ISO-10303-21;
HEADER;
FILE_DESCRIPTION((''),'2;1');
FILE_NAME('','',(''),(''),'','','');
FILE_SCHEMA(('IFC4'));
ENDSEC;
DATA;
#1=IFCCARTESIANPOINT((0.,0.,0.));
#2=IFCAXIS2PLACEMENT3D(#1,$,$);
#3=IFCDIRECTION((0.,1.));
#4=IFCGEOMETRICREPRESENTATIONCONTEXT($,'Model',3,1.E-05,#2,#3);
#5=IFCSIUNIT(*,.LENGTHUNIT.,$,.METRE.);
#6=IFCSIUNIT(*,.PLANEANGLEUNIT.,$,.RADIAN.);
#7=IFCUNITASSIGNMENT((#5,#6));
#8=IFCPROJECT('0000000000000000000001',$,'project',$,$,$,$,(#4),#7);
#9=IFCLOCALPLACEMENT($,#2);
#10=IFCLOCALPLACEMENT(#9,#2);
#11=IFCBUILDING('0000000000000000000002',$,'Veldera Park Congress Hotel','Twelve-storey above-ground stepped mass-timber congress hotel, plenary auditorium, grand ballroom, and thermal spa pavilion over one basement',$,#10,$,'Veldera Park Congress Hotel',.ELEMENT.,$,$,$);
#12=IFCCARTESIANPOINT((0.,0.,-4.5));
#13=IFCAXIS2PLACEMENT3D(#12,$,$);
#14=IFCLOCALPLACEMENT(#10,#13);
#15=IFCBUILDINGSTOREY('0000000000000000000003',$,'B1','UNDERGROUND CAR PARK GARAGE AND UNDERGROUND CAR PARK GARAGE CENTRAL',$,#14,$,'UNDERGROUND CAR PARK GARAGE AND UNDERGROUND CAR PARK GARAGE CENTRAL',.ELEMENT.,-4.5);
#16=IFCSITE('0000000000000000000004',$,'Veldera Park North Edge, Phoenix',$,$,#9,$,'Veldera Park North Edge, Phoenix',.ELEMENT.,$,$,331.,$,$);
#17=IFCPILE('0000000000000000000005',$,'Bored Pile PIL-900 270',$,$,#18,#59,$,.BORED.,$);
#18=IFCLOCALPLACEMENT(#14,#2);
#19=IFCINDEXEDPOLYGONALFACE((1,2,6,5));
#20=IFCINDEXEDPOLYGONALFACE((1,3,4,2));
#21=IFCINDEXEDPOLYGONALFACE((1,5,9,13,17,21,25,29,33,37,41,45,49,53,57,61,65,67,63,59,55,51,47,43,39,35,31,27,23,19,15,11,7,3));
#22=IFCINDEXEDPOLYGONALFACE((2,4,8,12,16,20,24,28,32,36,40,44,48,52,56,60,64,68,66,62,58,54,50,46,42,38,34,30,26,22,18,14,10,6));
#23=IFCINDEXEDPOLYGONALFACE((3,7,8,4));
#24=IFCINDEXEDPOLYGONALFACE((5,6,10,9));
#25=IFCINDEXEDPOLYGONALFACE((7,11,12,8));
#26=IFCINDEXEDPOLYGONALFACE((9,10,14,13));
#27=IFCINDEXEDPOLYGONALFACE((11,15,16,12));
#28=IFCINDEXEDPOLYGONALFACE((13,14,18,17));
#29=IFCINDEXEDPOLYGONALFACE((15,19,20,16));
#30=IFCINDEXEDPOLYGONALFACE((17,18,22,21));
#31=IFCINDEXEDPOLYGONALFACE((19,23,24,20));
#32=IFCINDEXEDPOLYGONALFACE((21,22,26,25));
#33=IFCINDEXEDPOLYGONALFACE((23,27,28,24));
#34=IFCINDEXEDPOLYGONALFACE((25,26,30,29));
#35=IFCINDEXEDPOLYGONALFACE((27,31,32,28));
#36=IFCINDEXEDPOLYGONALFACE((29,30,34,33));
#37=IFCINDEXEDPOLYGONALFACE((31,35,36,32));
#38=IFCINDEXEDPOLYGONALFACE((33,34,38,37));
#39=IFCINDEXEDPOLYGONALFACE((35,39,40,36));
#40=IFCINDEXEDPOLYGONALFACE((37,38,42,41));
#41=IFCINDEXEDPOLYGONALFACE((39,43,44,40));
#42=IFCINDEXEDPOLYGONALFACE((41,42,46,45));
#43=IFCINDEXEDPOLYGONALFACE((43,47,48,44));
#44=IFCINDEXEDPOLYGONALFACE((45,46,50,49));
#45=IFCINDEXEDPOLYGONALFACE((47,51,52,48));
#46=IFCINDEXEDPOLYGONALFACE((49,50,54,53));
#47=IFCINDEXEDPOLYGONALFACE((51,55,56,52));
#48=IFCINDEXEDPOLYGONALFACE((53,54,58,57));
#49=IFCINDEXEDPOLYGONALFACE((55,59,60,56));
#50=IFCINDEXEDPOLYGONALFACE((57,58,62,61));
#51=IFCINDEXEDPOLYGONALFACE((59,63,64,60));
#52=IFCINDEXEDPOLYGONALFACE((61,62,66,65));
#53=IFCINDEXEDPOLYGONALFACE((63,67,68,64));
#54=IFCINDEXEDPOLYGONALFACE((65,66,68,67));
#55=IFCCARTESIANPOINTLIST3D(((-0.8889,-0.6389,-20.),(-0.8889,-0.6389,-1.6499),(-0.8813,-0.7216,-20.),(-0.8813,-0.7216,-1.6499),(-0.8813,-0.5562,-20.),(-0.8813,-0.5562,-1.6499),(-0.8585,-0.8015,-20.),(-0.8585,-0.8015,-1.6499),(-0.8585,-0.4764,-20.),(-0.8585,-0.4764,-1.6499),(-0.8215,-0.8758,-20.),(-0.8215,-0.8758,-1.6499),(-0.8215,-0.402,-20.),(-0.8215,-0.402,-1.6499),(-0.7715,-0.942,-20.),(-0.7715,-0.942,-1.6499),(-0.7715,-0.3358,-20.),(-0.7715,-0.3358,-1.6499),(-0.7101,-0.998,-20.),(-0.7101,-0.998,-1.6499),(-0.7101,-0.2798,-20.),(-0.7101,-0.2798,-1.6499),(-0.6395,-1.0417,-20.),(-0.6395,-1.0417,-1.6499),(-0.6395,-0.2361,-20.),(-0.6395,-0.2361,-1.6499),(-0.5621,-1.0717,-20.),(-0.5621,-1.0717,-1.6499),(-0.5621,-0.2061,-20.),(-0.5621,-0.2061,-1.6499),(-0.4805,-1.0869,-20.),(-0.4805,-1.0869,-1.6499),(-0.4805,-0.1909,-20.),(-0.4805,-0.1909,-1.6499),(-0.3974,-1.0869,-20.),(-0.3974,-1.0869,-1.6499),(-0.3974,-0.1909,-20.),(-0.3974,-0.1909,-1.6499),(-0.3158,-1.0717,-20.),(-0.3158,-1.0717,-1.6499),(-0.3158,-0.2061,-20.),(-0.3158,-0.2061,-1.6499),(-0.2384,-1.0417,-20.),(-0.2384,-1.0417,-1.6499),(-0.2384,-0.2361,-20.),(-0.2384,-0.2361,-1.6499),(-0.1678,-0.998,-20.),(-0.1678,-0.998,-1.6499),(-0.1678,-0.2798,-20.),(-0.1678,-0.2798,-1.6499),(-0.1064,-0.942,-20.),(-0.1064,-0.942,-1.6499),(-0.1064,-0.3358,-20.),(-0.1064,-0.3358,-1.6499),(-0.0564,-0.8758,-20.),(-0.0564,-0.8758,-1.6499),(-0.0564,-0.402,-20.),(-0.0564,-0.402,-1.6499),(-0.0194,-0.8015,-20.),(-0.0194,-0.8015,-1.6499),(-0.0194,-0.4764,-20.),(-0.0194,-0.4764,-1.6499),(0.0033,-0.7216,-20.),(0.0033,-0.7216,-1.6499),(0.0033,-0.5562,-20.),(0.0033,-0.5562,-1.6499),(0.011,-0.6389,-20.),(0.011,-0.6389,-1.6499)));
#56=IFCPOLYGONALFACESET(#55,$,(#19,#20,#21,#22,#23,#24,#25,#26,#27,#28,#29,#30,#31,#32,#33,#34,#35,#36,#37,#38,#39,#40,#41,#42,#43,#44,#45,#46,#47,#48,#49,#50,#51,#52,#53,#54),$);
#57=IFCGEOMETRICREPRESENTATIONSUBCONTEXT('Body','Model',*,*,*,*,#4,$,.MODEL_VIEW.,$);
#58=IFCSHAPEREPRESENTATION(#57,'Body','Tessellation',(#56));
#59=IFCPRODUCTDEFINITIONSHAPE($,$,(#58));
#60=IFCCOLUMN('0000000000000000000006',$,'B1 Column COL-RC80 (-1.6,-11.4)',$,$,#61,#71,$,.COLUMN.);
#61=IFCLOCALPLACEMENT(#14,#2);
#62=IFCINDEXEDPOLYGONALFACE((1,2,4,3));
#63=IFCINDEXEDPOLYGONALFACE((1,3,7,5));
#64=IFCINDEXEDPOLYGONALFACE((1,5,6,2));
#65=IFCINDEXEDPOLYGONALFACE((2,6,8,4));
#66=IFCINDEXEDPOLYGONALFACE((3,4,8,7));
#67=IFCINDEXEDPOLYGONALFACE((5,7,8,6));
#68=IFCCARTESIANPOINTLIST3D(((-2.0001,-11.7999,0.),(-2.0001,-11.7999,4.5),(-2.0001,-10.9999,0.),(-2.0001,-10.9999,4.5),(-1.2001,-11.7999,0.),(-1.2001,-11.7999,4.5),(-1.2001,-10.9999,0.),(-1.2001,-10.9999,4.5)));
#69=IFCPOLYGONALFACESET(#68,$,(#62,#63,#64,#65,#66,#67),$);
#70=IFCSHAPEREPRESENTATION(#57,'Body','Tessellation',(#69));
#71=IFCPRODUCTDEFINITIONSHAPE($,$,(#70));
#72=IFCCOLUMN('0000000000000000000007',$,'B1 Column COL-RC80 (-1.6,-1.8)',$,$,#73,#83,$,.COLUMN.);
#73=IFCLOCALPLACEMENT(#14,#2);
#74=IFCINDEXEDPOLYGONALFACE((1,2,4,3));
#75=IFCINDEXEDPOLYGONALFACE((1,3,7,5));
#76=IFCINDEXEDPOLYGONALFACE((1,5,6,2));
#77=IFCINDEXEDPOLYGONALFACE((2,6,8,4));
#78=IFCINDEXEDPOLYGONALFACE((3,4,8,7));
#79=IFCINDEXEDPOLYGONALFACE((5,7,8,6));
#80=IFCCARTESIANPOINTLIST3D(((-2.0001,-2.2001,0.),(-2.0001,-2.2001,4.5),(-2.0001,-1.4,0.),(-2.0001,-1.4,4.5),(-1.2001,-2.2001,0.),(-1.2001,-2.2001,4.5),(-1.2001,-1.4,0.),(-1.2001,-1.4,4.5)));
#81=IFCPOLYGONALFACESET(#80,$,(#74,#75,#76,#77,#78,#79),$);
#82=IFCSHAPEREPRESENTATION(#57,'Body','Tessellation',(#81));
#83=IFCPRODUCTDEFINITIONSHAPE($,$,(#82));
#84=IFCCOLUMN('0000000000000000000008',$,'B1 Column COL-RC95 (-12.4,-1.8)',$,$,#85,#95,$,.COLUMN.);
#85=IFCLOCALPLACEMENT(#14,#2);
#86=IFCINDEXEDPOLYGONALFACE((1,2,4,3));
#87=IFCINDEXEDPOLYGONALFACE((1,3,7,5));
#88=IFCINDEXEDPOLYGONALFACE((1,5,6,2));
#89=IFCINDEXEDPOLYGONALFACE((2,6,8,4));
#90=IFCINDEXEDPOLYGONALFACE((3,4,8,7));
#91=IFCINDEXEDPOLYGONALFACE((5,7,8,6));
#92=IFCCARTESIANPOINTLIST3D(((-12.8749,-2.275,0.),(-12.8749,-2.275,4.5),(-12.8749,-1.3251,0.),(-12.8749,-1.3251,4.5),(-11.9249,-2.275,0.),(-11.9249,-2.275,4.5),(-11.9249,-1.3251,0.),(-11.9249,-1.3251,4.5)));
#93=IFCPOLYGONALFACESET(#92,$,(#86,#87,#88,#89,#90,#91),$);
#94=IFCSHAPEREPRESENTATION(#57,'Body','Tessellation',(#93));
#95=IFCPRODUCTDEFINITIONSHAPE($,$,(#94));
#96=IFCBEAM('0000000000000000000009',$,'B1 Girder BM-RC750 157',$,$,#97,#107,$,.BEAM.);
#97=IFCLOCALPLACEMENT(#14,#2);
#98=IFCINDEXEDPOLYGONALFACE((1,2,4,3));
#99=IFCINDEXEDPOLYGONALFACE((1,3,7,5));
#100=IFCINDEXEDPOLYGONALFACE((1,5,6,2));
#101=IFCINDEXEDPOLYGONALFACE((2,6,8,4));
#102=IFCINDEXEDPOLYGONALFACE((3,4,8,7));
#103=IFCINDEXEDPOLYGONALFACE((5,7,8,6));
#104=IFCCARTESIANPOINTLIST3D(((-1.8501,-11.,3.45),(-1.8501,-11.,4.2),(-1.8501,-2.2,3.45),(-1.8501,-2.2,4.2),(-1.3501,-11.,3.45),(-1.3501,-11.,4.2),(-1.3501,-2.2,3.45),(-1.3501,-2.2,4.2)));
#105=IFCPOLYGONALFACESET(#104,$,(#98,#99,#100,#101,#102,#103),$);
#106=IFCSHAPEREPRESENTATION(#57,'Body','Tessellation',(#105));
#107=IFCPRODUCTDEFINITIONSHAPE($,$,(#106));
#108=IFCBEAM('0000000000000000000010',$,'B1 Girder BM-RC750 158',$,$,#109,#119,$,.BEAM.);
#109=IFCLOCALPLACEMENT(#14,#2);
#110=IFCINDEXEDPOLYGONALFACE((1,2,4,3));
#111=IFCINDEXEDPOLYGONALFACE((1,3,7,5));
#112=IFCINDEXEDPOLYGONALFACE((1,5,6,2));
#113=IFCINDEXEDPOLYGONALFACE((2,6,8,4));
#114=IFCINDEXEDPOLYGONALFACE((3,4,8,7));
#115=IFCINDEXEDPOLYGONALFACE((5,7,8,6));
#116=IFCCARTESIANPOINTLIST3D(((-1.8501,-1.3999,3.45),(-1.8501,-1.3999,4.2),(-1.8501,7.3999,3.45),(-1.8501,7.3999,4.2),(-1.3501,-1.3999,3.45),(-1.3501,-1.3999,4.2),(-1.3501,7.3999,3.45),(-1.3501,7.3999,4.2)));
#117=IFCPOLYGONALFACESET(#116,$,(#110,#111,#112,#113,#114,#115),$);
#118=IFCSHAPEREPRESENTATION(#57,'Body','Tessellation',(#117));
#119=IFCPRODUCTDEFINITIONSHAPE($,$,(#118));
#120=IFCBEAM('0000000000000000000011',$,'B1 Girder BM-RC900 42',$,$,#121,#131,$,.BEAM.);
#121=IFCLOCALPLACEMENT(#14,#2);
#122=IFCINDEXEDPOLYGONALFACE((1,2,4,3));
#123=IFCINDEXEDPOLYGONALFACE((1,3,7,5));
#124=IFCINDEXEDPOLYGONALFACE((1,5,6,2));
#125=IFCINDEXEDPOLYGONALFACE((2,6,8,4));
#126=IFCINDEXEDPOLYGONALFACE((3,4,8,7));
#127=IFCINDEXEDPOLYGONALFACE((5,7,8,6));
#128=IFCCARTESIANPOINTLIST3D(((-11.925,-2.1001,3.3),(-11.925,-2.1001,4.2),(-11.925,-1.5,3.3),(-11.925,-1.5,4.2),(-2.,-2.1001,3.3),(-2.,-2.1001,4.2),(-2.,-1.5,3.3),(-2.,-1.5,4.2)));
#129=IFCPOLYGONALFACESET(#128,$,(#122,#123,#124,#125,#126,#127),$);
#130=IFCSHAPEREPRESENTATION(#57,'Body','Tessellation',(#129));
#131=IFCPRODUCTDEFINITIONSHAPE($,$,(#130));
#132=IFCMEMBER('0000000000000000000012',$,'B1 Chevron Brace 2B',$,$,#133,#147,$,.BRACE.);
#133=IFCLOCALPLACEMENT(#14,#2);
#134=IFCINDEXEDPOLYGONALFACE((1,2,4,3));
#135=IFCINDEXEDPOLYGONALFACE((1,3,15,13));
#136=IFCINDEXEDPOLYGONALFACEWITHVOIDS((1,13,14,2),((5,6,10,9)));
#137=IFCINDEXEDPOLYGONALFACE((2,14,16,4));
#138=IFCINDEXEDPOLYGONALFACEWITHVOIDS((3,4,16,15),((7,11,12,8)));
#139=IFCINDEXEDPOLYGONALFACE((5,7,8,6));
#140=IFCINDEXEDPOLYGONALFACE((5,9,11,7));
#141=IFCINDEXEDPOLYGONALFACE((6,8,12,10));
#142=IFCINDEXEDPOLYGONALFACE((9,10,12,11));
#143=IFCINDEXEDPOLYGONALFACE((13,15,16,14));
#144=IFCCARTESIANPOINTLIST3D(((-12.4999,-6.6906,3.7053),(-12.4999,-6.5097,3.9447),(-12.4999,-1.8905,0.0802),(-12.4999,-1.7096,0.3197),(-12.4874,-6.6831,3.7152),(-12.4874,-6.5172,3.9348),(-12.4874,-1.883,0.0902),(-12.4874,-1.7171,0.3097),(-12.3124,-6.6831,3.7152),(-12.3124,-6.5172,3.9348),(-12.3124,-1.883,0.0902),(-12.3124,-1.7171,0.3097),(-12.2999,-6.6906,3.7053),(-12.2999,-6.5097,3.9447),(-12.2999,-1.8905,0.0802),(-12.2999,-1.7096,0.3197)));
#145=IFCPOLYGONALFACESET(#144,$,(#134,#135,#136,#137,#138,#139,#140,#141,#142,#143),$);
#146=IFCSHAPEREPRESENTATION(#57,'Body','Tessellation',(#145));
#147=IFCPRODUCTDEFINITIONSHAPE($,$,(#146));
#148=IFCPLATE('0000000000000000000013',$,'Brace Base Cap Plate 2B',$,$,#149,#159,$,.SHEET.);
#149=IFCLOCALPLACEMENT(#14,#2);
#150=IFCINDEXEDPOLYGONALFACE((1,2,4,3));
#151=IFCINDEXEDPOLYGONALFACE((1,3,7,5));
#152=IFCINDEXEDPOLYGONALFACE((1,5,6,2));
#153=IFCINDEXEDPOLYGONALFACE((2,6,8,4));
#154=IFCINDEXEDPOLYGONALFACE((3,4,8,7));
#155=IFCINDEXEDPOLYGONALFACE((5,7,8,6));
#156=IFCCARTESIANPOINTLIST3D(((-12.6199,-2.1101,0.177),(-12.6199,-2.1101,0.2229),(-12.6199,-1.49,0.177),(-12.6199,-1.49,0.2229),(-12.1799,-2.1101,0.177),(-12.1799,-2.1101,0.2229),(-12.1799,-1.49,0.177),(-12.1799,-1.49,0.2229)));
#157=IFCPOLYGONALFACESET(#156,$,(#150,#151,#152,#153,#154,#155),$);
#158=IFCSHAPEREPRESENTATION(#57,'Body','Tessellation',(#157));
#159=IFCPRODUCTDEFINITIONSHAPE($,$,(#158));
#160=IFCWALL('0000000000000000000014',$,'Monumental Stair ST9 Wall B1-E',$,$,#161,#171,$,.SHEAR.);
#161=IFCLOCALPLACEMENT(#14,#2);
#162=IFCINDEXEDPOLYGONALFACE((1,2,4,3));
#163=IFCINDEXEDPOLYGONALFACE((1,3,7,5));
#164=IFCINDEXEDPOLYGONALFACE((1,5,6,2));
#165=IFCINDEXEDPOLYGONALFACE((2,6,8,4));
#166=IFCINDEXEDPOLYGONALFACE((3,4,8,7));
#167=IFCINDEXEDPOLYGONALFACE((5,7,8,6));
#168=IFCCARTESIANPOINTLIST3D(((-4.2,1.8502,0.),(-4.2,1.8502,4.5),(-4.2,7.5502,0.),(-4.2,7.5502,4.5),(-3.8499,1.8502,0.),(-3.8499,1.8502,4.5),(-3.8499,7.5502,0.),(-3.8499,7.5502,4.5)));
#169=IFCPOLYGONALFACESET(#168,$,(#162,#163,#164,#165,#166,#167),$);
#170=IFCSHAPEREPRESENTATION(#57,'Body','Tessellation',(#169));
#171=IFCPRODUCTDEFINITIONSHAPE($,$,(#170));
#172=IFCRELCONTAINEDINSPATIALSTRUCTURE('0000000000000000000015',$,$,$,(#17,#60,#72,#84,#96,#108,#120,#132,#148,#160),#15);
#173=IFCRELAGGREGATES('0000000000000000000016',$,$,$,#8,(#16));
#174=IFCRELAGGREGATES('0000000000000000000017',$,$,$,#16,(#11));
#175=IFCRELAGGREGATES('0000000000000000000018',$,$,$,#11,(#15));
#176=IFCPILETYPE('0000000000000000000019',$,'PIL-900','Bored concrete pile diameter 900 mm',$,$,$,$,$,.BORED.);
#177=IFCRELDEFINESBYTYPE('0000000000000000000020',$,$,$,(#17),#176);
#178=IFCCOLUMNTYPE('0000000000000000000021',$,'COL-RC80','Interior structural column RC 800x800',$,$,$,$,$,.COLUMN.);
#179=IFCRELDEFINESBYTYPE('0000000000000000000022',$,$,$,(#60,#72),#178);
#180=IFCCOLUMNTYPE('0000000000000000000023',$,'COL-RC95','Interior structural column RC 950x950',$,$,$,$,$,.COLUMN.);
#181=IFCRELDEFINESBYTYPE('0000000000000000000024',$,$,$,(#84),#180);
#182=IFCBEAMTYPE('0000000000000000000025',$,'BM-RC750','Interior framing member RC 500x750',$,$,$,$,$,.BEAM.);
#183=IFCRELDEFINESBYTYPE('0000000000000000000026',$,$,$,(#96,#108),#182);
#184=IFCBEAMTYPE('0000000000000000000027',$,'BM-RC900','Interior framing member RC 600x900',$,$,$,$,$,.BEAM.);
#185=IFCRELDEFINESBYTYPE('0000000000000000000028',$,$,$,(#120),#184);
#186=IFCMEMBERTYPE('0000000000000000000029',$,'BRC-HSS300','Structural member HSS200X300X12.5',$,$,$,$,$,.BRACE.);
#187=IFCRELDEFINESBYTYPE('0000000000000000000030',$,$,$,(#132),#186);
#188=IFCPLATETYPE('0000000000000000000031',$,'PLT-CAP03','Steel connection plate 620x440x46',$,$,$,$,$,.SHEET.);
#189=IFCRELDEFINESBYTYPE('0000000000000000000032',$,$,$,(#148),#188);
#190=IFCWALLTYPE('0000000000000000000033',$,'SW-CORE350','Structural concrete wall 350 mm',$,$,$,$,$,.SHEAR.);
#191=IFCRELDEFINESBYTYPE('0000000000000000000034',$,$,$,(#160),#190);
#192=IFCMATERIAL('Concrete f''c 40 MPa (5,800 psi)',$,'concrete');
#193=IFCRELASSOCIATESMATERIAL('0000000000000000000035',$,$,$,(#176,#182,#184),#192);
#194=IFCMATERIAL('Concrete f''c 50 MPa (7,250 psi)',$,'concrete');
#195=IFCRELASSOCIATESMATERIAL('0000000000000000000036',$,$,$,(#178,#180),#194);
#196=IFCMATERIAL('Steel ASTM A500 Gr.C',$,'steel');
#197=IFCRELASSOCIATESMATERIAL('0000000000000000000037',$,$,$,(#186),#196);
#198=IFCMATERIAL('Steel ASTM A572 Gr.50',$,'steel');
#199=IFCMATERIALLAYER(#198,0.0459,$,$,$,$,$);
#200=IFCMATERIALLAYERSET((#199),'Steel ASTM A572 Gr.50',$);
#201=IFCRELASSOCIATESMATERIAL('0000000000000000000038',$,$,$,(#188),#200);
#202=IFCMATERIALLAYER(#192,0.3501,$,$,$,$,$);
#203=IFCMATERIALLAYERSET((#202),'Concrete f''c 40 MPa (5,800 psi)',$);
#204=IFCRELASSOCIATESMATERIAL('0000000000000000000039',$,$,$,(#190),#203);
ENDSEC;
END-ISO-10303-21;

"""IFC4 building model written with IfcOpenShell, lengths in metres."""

from ifc_helpers import new_model, si_unit, direction, frame, frame_2d, origin, origin_2d, place, context, subcontext, project, spatial, rectangle, hollow_rectangle, circle, extrude, material, layer, layer_set, material_profile, profile_set, type_object, element, save


model = new_model("IFC4")

# Units and contexts
model_context = context("Model", 3, precision=1e-05, world=origin(), true_north=direction((0.0, 1.0)))
body_context = subcontext(model_context, "Body", "Model", "MODEL_VIEW")
ifc_project = project(units=[si_unit("LENGTHUNIT", "METRE"), si_unit("PLANEANGLEUNIT", "RADIAN")], contexts=[model_context])

# Site, building, storey
site_placement = place(None, origin())
site = spatial("IfcSite", under=ifc_project, at=site_placement, Name="Veldera Park North Edge, Phoenix", LongName="Veldera Park North Edge, Phoenix", CompositionType="ELEMENT", RefElevation=331.0)
building_placement = place(site_placement, origin())
building = spatial("IfcBuilding", under=site, at=building_placement, Name="Veldera Park Congress Hotel", Description="Twelve-storey above-ground stepped mass-timber congress hotel, plenary auditorium, grand ballroom, and thermal spa pavilion over one basement", LongName="Veldera Park Congress Hotel", CompositionType="ELEMENT")
storey_placement = place(building_placement, frame((0.0, 0.0, -4.5)))
storey = spatial("IfcBuildingStorey", under=building, at=storey_placement, Name="B1", Description="UNDERGROUND CAR PARK GARAGE AND UNDERGROUND CAR PARK GARAGE CENTRAL", LongName="UNDERGROUND CAR PARK GARAGE AND UNDERGROUND CAR PARK GARAGE CENTRAL", CompositionType="ELEMENT", Elevation=-4.5)

# Shared definitions
ifc_material_1 = material(Name="Concrete f'c 40 MPa (5,800 psi)", Category="concrete")

# Pile
ifc_material_profile_1 = material_profile(ifc_material_1, circle(Radius=0.45, at=origin_2d()), Name="PILE D900")
ifc_profile_set_1 = profile_set([ifc_material_profile_1], Name="Concrete f'c 40 MPa (5,800 psi)")
pile_type_1 = type_object("IfcPileType", Name="PIL-900", Description="Bored concrete pile diameter 900 mm", PredefinedType="BORED", material=ifc_profile_set_1)
for number, where, z_axis, x_axis, name in (
    (1, (-0.439, -0.6389, -1.6499), (0.0, 0.0, -1.0), (1.0, 0.0, 0.0), "Bored Pile PIL-900 270"),
):
    element("IfcPile", number, at=place(storey_placement, frame(where, z_axis=z_axis, x_axis=x_axis)), inside=storey, type_object=pile_type_1, Name=name, PredefinedType="BORED", context=body_context, shape_type="SweptSolid", body=[
        extrude(circle(Radius=0.45, at=origin_2d()), origin(), (0.0, 0.0, 1.0), 18.3501),
    ])

# Columns
ifc_material_2 = material(Name="Concrete f'c 50 MPa (7,250 psi)", Category="concrete")
ifc_material_profile_2 = material_profile(ifc_material_2, rectangle(XDim=0.8, YDim=0.8, at=origin_2d()), Name="RC 800x800")
ifc_profile_set_2 = profile_set([ifc_material_profile_2], Name="Concrete f'c 50 MPa (7,250 psi)")
column_type_1 = type_object("IfcColumnType", Name="COL-RC80", Description="Interior structural column RC 800x800", PredefinedType="COLUMN", material=ifc_profile_set_2)
for number, where, z_axis, x_axis, name in (
    (2, (-1.6001, -11.3999, 0.0), (0.0, 0.0, 1.0), (1.0, 0.0, 0.0), "B1 Column COL-RC80 (-1.6,-11.4)"),
    (3, (-1.6001, -1.8, 0.0), (0.0, 0.0, 1.0), (1.0, 0.0, 0.0), "B1 Column COL-RC80 (-1.6,-1.8)"),
):
    element("IfcColumn", number, at=place(storey_placement, frame(where, z_axis=z_axis, x_axis=x_axis)), inside=storey, type_object=column_type_1, Name=name, PredefinedType="COLUMN", context=body_context, shape_type="SweptSolid", body=[
        extrude(rectangle(XDim=0.8, YDim=0.8, at=origin_2d()), origin(), (0.0, 0.0, 1.0), 4.5),
    ])
ifc_material_profile_3 = material_profile(ifc_material_2, rectangle(XDim=0.95, YDim=0.95, at=origin_2d()), Name="RC 950x950")
ifc_profile_set_3 = profile_set([ifc_material_profile_3], Name="Concrete f'c 50 MPa (7,250 psi)")
column_type_2 = type_object("IfcColumnType", Name="COL-RC95", Description="Interior structural column RC 950x950", PredefinedType="COLUMN", material=ifc_profile_set_3)
column_placement = place(storey_placement, frame((-12.3999, -1.8, 0.0), z_axis=(0.0, 0.0, 1.0), x_axis=(1.0, 0.0, 0.0)))
element("IfcColumn", 4, at=column_placement, inside=storey, type_object=column_type_2, Name="B1 Column COL-RC95 (-12.4,-1.8)", PredefinedType="COLUMN", context=body_context, shape_type="SweptSolid", body=[
    extrude(rectangle(XDim=0.95, YDim=0.95, at=origin_2d()), origin(), (0.0, 0.0, 1.0), 4.5),
])

# Beams
ifc_material_profile_4 = material_profile(ifc_material_1, rectangle(XDim=0.5, YDim=0.75, at=origin_2d()), Name="RC 500x750")
ifc_profile_set_4 = profile_set([ifc_material_profile_4], Name="Concrete f'c 40 MPa (5,800 psi)")
beam_type_1 = type_object("IfcBeamType", Name="BM-RC750", Description="Interior framing member RC 500x750", PredefinedType="BEAM", material=ifc_profile_set_4)
beam_1_placement = place(storey_placement, frame((-1.6001, -11.0, 3.825), z_axis=(0.0, 1.0, 0.0), x_axis=(-1.0, 0.0, 0.0)))
element("IfcBeam", 5, at=beam_1_placement, inside=storey, type_object=beam_type_1, Name="B1 Girder BM-RC750 157", PredefinedType="BEAM", context=body_context, shape_type="SweptSolid", body=[
    extrude(rectangle(XDim=0.5, YDim=0.75, at=origin_2d()), origin(), (0.0, 0.0, 1.0), 8.8),
])
beam_2_placement = place(storey_placement, frame((-1.6001, -1.3999, 3.825), z_axis=(0.0, 1.0, 0.0), x_axis=(-1.0, 0.0, 0.0)))
element("IfcBeam", 6, at=beam_2_placement, inside=storey, type_object=beam_type_1, Name="B1 Girder BM-RC750 158", PredefinedType="BEAM", context=body_context, shape_type="SweptSolid", body=[
    extrude(rectangle(XDim=0.5, YDim=0.75, at=origin_2d()), origin(), (0.0, 0.0, 1.0), 8.7998),
])
ifc_material_profile_5 = material_profile(ifc_material_1, rectangle(XDim=0.6001, YDim=0.8999, at=origin_2d()), Name="RC 600x900")
ifc_profile_set_5 = profile_set([ifc_material_profile_5], Name="Concrete f'c 40 MPa (5,800 psi)")
beam_type_2 = type_object("IfcBeamType", Name="BM-RC900", Description="Interior framing member RC 600x900", PredefinedType="BEAM", material=ifc_profile_set_5)
beam_3_placement = place(storey_placement, frame((-11.925, -1.8, 3.75), z_axis=(1.0, 0.0, 0.0), x_axis=(0.0, 1.0, 0.0)))
element("IfcBeam", 7, at=beam_3_placement, inside=storey, type_object=beam_type_2, Name="B1 Girder BM-RC900 42", PredefinedType="BEAM", context=body_context, shape_type="SweptSolid", body=[
    extrude(rectangle(XDim=0.6001, YDim=0.8999, at=origin_2d()), origin(), (0.0, 0.0, 1.0), 9.925),
])

# Member
ifc_material_3 = material(Name="Steel ASTM A500 Gr.C", Category="steel")
ifc_material_profile_6 = material_profile(ifc_material_3, hollow_rectangle(XDim=0.2, YDim=0.3, WallThickness=0.0125, at=origin_2d()), Name="HSS200X300X12.5")
ifc_profile_set_6 = profile_set([ifc_material_profile_6], Name="Steel ASTM A500 Gr.C")
member_type = type_object("IfcMemberType", Name="BRC-HSS300", Description="Structural member HSS200X300X12.5", PredefinedType="BRACE", material=ifc_profile_set_6)
member_placement = place(storey_placement, frame((-12.3999, -1.8, 0.2), z_axis=(0.0, -0.798004, 0.602653), x_axis=(1.0, 0.0, 0.0)))
element("IfcMember", 8, at=member_placement, inside=storey, type_object=member_type, Name="B1 Chevron Brace 2B", PredefinedType="BRACE", context=body_context, shape_type="SweptSolid", body=[
    extrude(hollow_rectangle(XDim=0.2, YDim=0.3, WallThickness=0.0125, at=origin_2d()), origin(), (0.0, 0.0, 1.0), 6.0151),
])

# Plate
ifc_material_4 = material(Name="Steel ASTM A572 Gr.50", Category="steel")
ifc_layer_1 = layer(ifc_material_4, 0.0459)
ifc_layer_set_1 = layer_set([ifc_layer_1], Name="Steel ASTM A572 Gr.50")
plate_type = type_object("IfcPlateType", Name="PLT-CAP03", Description="Steel connection plate 620x440x46", PredefinedType="SHEET", material=ifc_layer_set_1)
plate_placement = place(storey_placement, frame((-12.3999, -1.8, 0.177), z_axis=(0.0, 0.0, 1.0), x_axis=(0.0, 1.0, 0.0)))
element("IfcPlate", 9, at=plate_placement, inside=storey, type_object=plate_type, Name="Brace Base Cap Plate 2B", PredefinedType="SHEET", context=body_context, shape_type="SweptSolid", body=[
    extrude(rectangle(XDim=0.6201, YDim=0.4399, at=origin_2d()), origin(), (0.0, 0.0, 1.0), 0.0459),
])

# Wall
ifc_layer_2 = layer(ifc_material_1, 0.3501)
ifc_layer_set_2 = layer_set([ifc_layer_2], Name="Concrete f'c 40 MPa (5,800 psi)")
wall_type = type_object("IfcWallType", Name="SW-CORE350", Description="Structural concrete wall 350 mm", PredefinedType="SHEAR", material=ifc_layer_set_2)
wall_placement = place(storey_placement, frame((-4.0249, 1.8501, 0.0), z_axis=(0.0, 0.0, 1.0), x_axis=(0.0, 1.0, 0.0)))
element("IfcWall", 10, at=wall_placement, inside=storey, type_object=wall_type, Name="Monumental Stair ST9 Wall B1-E", PredefinedType="SHEAR", context=body_context, shape_type="SweptSolid", body=[
    extrude(rectangle(XDim=5.7, YDim=0.3501, at=frame_2d((2.8501, 0.0))), origin(), (0.0, 0.0, 1.0), 4.5),
])

save(model, "model.ifc")
